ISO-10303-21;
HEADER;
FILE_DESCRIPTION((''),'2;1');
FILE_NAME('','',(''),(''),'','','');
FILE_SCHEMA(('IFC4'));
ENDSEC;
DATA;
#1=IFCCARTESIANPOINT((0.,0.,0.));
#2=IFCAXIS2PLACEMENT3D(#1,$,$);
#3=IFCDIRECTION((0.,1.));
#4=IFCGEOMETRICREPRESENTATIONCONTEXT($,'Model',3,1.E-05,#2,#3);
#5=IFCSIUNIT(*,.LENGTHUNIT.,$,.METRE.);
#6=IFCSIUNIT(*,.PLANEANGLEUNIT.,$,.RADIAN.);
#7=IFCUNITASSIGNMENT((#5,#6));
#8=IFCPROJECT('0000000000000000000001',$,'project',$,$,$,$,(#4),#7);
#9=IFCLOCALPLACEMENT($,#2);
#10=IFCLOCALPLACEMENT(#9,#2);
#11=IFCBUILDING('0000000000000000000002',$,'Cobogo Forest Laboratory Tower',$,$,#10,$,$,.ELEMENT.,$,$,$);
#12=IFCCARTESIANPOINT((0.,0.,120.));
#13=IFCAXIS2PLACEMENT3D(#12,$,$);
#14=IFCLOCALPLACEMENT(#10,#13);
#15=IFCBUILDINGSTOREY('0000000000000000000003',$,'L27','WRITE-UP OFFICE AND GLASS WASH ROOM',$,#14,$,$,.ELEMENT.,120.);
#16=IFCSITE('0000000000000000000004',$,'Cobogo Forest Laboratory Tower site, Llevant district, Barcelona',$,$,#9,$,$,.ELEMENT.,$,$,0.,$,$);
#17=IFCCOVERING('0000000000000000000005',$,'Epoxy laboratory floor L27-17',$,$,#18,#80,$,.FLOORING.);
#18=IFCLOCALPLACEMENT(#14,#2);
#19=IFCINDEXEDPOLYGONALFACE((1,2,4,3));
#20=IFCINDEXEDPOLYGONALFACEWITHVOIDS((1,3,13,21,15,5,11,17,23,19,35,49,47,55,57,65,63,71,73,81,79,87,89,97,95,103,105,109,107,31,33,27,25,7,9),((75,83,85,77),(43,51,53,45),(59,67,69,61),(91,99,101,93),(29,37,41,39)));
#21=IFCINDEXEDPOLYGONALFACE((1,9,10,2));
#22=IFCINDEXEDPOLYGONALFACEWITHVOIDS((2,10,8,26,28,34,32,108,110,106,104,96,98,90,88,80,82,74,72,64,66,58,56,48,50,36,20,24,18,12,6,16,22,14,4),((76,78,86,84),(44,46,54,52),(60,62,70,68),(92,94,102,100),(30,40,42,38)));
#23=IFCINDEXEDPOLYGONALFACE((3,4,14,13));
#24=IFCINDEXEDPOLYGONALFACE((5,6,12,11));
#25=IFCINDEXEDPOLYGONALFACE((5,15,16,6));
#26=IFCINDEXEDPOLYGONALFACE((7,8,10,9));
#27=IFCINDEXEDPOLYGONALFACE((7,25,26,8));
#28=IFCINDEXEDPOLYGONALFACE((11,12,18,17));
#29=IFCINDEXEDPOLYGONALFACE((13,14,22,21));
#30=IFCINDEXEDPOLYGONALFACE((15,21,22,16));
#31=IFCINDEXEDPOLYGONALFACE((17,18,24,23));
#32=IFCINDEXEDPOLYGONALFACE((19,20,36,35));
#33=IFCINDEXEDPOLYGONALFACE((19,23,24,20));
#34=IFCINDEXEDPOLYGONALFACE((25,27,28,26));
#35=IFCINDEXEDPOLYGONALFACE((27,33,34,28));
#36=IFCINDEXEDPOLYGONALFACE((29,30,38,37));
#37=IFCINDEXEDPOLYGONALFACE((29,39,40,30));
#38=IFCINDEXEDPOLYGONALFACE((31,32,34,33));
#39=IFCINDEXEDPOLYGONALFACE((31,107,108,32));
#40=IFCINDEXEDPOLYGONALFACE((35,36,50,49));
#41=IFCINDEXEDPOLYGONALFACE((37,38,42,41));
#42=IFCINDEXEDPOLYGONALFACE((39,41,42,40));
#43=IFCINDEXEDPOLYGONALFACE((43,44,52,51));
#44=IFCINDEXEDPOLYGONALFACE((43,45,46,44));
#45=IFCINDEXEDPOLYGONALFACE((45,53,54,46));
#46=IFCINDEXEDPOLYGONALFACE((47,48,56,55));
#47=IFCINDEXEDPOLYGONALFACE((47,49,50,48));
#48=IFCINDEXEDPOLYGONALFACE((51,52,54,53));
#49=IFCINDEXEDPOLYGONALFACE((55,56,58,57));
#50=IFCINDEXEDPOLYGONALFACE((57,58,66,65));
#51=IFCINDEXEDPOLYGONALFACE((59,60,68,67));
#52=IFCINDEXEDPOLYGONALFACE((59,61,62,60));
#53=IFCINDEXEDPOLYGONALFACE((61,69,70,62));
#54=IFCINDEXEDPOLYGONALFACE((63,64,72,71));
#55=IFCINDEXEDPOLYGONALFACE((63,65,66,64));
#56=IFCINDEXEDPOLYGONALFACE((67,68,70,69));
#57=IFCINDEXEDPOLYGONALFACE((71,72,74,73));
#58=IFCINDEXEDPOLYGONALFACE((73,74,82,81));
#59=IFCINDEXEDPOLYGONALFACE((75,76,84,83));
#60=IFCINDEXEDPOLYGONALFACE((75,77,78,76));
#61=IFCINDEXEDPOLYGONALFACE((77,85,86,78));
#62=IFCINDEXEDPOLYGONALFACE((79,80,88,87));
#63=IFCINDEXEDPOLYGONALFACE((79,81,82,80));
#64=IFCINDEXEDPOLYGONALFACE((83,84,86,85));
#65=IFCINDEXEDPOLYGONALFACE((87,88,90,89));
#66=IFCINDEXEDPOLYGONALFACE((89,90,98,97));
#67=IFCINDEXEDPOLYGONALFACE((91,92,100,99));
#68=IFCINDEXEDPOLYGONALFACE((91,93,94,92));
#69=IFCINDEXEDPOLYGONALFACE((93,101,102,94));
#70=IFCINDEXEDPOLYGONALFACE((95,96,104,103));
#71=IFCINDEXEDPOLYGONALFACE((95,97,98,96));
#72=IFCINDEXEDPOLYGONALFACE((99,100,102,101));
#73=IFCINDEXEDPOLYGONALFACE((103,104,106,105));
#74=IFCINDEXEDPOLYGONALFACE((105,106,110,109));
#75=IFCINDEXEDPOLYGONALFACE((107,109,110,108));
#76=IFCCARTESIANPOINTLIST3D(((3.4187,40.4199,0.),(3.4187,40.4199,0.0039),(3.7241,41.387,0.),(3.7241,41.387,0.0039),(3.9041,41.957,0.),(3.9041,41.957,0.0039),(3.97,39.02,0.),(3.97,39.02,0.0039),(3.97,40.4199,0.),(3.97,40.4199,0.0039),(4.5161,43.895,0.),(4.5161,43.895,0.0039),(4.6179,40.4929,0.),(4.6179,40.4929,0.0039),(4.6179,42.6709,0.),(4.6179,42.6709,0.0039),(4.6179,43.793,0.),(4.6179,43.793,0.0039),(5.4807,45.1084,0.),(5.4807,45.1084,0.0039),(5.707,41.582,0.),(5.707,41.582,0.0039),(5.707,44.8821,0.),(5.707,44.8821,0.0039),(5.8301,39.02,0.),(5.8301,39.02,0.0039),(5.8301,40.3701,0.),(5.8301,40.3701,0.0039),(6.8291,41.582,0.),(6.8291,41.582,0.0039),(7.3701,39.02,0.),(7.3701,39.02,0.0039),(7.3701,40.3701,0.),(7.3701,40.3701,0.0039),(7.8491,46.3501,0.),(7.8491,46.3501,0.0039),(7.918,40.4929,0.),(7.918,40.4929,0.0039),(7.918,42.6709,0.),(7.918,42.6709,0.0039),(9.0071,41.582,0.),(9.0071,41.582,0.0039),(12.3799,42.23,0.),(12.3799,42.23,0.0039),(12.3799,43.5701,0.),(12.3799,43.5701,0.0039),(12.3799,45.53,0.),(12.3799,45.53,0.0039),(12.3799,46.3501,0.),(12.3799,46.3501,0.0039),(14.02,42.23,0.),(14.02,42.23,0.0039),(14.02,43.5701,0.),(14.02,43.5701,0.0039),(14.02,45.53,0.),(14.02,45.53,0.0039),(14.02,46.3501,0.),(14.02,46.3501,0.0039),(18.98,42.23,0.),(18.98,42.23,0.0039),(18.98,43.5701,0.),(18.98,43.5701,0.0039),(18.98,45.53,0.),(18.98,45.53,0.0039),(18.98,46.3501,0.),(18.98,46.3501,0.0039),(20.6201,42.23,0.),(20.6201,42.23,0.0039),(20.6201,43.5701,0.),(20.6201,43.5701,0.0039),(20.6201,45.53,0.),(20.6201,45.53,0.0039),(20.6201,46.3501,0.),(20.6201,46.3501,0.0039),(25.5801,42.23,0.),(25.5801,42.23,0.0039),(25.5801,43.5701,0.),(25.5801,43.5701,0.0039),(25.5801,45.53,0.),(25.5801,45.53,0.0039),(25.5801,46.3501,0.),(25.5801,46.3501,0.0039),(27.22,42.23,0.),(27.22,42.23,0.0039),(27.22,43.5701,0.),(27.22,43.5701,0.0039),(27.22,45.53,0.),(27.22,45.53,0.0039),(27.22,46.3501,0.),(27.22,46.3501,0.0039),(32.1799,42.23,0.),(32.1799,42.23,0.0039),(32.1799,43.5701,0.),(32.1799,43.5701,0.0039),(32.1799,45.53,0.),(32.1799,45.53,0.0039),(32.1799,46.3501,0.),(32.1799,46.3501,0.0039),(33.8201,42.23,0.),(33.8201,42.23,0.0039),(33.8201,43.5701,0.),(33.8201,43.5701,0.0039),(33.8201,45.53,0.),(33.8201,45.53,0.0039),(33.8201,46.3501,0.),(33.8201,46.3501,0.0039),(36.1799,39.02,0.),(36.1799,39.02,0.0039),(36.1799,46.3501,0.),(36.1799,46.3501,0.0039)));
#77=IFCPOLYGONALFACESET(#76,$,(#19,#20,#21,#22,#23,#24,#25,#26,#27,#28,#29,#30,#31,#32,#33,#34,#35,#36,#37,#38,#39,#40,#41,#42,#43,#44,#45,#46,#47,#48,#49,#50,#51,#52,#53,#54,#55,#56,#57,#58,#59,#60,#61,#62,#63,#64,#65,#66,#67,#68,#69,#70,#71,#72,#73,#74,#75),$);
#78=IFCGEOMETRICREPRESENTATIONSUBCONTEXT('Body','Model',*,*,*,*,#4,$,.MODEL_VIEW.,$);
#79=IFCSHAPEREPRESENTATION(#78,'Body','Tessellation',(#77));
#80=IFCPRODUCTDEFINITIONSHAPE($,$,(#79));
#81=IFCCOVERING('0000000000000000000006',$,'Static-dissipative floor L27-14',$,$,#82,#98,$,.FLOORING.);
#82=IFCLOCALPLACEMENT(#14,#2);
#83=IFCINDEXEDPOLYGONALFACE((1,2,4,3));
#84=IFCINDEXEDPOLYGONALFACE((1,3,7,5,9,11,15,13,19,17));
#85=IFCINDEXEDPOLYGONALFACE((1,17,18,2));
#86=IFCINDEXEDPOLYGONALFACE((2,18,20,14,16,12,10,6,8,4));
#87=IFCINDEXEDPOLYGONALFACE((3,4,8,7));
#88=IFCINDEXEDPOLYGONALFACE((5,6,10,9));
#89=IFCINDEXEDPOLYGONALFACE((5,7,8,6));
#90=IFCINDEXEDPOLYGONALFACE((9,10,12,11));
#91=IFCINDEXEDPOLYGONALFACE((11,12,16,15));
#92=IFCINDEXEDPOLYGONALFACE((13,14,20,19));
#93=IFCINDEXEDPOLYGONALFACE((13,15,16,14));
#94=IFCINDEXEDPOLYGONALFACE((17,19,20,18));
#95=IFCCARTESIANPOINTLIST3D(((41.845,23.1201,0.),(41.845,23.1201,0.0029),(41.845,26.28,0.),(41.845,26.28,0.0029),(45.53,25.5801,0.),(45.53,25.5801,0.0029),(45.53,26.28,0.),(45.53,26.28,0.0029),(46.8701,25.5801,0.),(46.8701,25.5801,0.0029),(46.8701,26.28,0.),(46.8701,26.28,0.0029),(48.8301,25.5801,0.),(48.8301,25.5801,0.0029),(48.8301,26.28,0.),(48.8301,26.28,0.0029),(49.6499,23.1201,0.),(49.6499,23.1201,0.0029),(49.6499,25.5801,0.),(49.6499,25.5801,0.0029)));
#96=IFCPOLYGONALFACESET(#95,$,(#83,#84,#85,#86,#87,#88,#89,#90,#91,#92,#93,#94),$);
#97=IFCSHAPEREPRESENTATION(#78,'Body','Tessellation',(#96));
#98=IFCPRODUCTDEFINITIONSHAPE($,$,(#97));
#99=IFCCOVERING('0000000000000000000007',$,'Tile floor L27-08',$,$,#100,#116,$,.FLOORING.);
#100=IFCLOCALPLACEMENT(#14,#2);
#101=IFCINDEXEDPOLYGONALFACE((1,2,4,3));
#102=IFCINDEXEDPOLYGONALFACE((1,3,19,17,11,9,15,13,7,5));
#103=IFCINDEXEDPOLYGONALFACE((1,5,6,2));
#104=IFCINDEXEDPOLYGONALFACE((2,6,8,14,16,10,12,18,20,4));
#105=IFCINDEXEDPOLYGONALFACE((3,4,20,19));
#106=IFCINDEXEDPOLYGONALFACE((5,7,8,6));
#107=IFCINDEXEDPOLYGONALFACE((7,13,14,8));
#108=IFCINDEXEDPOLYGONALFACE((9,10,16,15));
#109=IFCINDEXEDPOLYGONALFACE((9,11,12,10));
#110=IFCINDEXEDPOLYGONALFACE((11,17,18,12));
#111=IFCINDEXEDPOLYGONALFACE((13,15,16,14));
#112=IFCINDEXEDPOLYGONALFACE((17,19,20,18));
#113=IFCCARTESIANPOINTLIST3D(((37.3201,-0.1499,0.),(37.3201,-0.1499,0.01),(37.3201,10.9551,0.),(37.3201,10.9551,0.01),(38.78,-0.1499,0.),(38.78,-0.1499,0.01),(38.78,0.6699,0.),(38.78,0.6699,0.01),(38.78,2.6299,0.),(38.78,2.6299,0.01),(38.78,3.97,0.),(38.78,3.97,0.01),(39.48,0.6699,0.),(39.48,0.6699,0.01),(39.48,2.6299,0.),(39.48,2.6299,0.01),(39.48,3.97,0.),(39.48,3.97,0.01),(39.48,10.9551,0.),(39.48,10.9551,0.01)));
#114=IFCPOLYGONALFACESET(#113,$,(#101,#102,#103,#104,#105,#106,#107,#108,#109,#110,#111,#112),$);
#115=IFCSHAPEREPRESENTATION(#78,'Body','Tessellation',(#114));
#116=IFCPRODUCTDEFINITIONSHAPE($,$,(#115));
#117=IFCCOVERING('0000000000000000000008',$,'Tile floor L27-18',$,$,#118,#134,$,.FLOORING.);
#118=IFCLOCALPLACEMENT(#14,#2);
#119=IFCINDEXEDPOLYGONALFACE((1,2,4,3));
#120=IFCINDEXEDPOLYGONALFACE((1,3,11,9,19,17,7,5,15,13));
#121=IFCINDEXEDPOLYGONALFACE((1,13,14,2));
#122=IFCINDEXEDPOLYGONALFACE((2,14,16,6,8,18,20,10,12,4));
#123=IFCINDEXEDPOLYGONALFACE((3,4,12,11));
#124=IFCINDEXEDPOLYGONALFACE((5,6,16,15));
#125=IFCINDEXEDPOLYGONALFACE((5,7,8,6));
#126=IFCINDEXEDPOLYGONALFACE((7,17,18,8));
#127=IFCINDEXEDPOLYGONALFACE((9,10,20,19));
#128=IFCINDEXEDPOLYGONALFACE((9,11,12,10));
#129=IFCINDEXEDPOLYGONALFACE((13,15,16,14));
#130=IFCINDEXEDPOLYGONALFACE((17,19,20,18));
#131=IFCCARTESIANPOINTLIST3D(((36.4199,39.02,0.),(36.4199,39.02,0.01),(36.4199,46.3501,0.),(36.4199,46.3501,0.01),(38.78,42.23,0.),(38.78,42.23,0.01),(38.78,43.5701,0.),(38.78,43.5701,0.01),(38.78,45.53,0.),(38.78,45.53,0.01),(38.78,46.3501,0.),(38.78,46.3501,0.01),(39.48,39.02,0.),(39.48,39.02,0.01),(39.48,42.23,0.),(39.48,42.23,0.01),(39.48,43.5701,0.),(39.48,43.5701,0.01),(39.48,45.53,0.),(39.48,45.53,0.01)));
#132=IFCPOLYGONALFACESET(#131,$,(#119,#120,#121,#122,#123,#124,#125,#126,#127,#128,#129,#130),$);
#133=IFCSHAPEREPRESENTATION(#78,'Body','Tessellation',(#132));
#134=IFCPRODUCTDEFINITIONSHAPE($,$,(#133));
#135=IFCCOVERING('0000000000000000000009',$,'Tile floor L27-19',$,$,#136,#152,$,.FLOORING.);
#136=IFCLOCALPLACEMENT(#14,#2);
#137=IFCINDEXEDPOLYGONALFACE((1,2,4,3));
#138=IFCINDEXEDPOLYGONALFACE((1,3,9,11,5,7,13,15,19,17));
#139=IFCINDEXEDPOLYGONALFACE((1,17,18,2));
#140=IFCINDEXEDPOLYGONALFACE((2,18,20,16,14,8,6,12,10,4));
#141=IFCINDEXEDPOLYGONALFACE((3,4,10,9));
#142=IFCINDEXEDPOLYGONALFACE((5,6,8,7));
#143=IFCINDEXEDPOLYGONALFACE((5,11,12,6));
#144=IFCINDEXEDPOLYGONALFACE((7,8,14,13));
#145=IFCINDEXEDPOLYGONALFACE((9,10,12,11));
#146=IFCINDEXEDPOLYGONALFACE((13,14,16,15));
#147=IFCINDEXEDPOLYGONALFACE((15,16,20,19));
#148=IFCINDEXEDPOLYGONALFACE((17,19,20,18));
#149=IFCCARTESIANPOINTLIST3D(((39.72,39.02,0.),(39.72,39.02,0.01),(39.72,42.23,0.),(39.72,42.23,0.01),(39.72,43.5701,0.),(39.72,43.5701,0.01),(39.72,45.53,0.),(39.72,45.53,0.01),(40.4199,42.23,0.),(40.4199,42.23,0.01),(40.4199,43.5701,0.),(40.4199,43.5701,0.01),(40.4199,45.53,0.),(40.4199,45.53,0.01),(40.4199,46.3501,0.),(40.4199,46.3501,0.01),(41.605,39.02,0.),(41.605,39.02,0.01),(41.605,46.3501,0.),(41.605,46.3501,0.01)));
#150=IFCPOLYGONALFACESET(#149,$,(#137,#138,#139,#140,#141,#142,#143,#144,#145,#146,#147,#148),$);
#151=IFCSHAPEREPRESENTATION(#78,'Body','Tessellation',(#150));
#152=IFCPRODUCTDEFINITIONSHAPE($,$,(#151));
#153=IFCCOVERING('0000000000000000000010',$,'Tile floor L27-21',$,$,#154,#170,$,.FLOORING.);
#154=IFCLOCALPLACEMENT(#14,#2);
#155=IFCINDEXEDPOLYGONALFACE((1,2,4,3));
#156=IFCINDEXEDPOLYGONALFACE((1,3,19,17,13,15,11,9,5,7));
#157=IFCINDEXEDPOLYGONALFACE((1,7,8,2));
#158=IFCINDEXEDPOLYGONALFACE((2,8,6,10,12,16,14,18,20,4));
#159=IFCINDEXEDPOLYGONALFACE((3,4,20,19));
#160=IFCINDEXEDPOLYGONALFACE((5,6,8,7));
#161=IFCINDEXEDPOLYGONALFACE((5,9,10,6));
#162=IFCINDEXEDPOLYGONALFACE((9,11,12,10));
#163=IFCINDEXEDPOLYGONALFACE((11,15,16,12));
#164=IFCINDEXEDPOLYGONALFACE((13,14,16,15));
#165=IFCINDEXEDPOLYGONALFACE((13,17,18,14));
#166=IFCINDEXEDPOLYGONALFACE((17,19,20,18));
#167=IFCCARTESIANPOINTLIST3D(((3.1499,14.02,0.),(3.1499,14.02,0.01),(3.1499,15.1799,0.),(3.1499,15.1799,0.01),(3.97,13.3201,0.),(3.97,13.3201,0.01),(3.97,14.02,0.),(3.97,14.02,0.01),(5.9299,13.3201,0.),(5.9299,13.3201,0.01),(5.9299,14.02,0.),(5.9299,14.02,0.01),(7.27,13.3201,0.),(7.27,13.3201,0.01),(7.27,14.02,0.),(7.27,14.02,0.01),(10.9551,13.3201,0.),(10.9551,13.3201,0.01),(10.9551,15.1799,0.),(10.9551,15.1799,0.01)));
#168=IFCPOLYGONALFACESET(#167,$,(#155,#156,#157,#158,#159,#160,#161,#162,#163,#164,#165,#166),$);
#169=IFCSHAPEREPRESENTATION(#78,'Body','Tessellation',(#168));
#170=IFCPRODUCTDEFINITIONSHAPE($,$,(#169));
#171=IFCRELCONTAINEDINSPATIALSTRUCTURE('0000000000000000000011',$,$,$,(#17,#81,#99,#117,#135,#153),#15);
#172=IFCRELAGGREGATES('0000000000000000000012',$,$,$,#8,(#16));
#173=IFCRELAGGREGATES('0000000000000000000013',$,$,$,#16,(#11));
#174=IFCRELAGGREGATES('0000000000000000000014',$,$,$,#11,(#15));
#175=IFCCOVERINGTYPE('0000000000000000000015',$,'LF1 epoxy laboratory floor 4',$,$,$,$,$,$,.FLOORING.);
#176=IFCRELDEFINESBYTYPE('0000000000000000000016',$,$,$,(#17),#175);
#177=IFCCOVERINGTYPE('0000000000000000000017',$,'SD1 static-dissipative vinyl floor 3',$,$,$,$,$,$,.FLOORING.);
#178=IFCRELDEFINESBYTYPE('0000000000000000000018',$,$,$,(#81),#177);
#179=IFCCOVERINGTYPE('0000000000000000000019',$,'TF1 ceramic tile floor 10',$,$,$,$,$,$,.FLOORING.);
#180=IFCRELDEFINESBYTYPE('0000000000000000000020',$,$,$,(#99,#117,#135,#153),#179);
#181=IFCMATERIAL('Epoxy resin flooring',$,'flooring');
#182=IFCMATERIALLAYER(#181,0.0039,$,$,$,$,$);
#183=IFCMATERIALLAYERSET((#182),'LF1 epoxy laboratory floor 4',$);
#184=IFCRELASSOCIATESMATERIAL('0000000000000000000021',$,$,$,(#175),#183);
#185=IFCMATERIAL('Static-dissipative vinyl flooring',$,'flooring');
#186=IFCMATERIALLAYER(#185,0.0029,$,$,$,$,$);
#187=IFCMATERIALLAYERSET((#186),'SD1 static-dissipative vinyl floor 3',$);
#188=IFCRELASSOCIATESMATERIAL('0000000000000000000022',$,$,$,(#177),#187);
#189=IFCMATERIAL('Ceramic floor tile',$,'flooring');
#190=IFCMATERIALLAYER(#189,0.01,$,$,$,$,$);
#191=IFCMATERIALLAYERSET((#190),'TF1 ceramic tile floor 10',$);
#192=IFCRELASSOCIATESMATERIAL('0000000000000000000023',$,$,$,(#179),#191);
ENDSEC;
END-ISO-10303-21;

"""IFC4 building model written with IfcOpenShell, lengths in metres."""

from ifc_helpers import new_model, si_unit, direction, frame, origin, place, context, subcontext, project, spatial, polyline, outline, extrude, material, layer, layer_set, type_object, element, save


model = new_model("IFC4")

# Units and contexts
model_context = context("Model", 3, precision=1e-05, world=origin(), true_north=direction((0.0, 1.0)))
body_context = subcontext(model_context, "Body", "Model", "MODEL_VIEW")
ifc_project = project(units=[si_unit("LENGTHUNIT", "METRE"), si_unit("PLANEANGLEUNIT", "RADIAN")], contexts=[model_context])

# Site, building, storey
site_placement = place(None, origin())
site = spatial("IfcSite", under=ifc_project, at=site_placement, Name="Cobogo Forest Laboratory Tower site, Llevant district, Barcelona", CompositionType="ELEMENT", RefElevation=0.0)
building_placement = place(site_placement, origin())
building = spatial("IfcBuilding", under=site, at=building_placement, Name="Cobogo Forest Laboratory Tower", CompositionType="ELEMENT")
storey_placement = place(building_placement, frame((0.0, 0.0, 120.0)))
storey = spatial("IfcBuildingStorey", under=building, at=storey_placement, Name="L27", Description="WRITE-UP OFFICE AND GLASS WASH ROOM", CompositionType="ELEMENT", Elevation=120.0)

# Coverings
ifc_material_1 = material(Name="Epoxy resin flooring", Category="flooring")
ifc_layer_1 = layer(ifc_material_1, 0.0039)
ifc_layer_set_1 = layer_set([ifc_layer_1], Name="LF1 epoxy laboratory floor 4")
covering_type_1 = type_object("IfcCoveringType", Name="LF1 epoxy laboratory floor 4", PredefinedType="FLOORING", material=ifc_layer_set_1)
covering_1_placement = place(storey_placement, origin())
element("IfcCovering", 1, at=covering_1_placement, inside=storey, type_object=covering_type_1, Name="Epoxy laboratory floor L27-17", PredefinedType="FLOORING", context=body_context, shape_type="SweptSolid", body=[
    extrude(outline(polyline([(3.7241, 41.387), (4.6179, 40.4929), (5.707, 41.582), (4.6179, 42.6709), (3.9041, 41.957), (4.5161, 43.895), (4.6179, 43.793), (5.707, 44.8821), (5.4807, 45.1084), (7.8491, 46.3501), (12.3799, 46.3501), (12.3799, 45.53), (14.02, 45.53), (14.02, 46.3501), (18.98, 46.3501), (18.98, 45.53), (20.6201, 45.53), (20.6201, 46.3501), (25.5801, 46.3501), (25.5801, 45.53), (27.22, 45.53), (27.22, 46.3501), (32.1799, 46.3501), (32.1799, 45.53), (33.8201, 45.53), (33.8201, 46.3501), (36.1799, 46.3501), (36.1799, 39.02), (7.3701, 39.02), (7.3701, 40.3701), (5.8301, 40.3701), (5.8301, 39.02), (3.97, 39.02), (3.97, 40.4199), (3.4187, 40.4199), (3.7241, 41.387)]), holes=[polyline([(32.1799, 43.5701), (32.1799, 42.23), (33.8201, 42.23), (33.8201, 43.5701), (32.1799, 43.5701)]), polyline([(25.5801, 43.5701), (25.5801, 42.23), (27.22, 42.23), (27.22, 43.5701), (25.5801, 43.5701)]), polyline([(18.98, 42.23), (20.6201, 42.23), (20.6201, 43.5701), (18.98, 43.5701), (18.98, 42.23)]), polyline([(12.3799, 43.5701), (12.3799, 42.23), (14.02, 42.23), (14.02, 43.5701), (12.3799, 43.5701)]), polyline([(6.8291, 41.582), (7.918, 40.4929), (9.0071, 41.582), (7.918, 42.6709), (6.8291, 41.582)])]), origin(), (0.0, 0.0, 1.0), 0.0039),
])
ifc_material_2 = material(Name="Static-dissipative vinyl flooring", Category="flooring")
ifc_layer_2 = layer(ifc_material_2, 0.0029)
ifc_layer_set_2 = layer_set([ifc_layer_2], Name="SD1 static-dissipative vinyl floor 3")
covering_type_2 = type_object("IfcCoveringType", Name="SD1 static-dissipative vinyl floor 3", PredefinedType="FLOORING", material=ifc_layer_set_2)
covering_2_placement = place(storey_placement, origin())
element("IfcCovering", 2, at=covering_2_placement, inside=storey, type_object=covering_type_2, Name="Static-dissipative floor L27-14", PredefinedType="FLOORING", context=body_context, shape_type="SweptSolid", body=[
    extrude(outline(polyline([(41.845, 26.28), (45.53, 26.28), (45.53, 25.5801), (46.8701, 25.5801), (46.8701, 26.28), (48.8301, 26.28), (48.8301, 25.5801), (49.6499, 25.5801), (49.6499, 23.1201), (41.845, 23.1201), (41.845, 26.28)])), origin(), (0.0, 0.0, 1.0), 0.0029),
])
ifc_material_3 = material(Name="Ceramic floor tile", Category="flooring")
ifc_layer_3 = layer(ifc_material_3, 0.01)
ifc_layer_set_3 = layer_set([ifc_layer_3], Name="TF1 ceramic tile floor 10")
covering_type_3 = type_object("IfcCoveringType", Name="TF1 ceramic tile floor 10", PredefinedType="FLOORING", material=ifc_layer_set_3)
covering_3_placement = place(storey_placement, origin())
element("IfcCovering", 3, at=covering_3_placement, inside=storey, type_object=covering_type_3, Name="Tile floor L27-08", PredefinedType="FLOORING", context=body_context, shape_type="SweptSolid", body=[
    extrude(outline(polyline([(39.48, 10.9551), (39.48, 3.97), (38.78, 3.97), (38.78, 2.6299), (39.48, 2.6299), (39.48, 0.6699), (38.78, 0.6699), (38.78, -0.1499), (37.3201, -0.1499), (37.3201, 10.9551), (39.48, 10.9551)])), origin(), (0.0, 0.0, 1.0), 0.01),
])
covering_4_placement = place(storey_placement, origin())
element("IfcCovering", 4, at=covering_4_placement, inside=storey, type_object=covering_type_3, Name="Tile floor L27-18", PredefinedType="FLOORING", context=body_context, shape_type="SweptSolid", body=[
    extrude(outline(polyline([(36.4199, 39.02), (36.4199, 46.3501), (38.78, 46.3501), (38.78, 45.53), (39.48, 45.53), (39.48, 43.5701), (38.78, 43.5701), (38.78, 42.23), (39.48, 42.23), (39.48, 39.02), (36.4199, 39.02)])), origin(), (0.0, 0.0, 1.0), 0.01),
])
covering_5_placement = place(storey_placement, origin())
element("IfcCovering", 5, at=covering_5_placement, inside=storey, type_object=covering_type_3, Name="Tile floor L27-19", PredefinedType="FLOORING", context=body_context, shape_type="SweptSolid", body=[
    extrude(outline(polyline([(39.72, 39.02), (39.72, 42.23), (40.4199, 42.23), (40.4199, 43.5701), (39.72, 43.5701), (39.72, 45.53), (40.4199, 45.53), (40.4199, 46.3501), (41.605, 46.3501), (41.605, 39.02), (39.72, 39.02)])), origin(), (0.0, 0.0, 1.0), 0.01),
])
covering_6_placement = place(storey_placement, origin())
element("IfcCovering", 6, at=covering_6_placement, inside=storey, type_object=covering_type_3, Name="Tile floor L27-21", PredefinedType="FLOORING", context=body_context, shape_type="SweptSolid", body=[
    extrude(outline(polyline([(10.9551, 13.3201), (7.27, 13.3201), (7.27, 14.02), (5.9299, 14.02), (5.9299, 13.3201), (3.97, 13.3201), (3.97, 14.02), (3.1499, 14.02), (3.1499, 15.1799), (10.9551, 15.1799), (10.9551, 13.3201)])), origin(), (0.0, 0.0, 1.0), 0.01),
])

save(model, "model.ifc")
